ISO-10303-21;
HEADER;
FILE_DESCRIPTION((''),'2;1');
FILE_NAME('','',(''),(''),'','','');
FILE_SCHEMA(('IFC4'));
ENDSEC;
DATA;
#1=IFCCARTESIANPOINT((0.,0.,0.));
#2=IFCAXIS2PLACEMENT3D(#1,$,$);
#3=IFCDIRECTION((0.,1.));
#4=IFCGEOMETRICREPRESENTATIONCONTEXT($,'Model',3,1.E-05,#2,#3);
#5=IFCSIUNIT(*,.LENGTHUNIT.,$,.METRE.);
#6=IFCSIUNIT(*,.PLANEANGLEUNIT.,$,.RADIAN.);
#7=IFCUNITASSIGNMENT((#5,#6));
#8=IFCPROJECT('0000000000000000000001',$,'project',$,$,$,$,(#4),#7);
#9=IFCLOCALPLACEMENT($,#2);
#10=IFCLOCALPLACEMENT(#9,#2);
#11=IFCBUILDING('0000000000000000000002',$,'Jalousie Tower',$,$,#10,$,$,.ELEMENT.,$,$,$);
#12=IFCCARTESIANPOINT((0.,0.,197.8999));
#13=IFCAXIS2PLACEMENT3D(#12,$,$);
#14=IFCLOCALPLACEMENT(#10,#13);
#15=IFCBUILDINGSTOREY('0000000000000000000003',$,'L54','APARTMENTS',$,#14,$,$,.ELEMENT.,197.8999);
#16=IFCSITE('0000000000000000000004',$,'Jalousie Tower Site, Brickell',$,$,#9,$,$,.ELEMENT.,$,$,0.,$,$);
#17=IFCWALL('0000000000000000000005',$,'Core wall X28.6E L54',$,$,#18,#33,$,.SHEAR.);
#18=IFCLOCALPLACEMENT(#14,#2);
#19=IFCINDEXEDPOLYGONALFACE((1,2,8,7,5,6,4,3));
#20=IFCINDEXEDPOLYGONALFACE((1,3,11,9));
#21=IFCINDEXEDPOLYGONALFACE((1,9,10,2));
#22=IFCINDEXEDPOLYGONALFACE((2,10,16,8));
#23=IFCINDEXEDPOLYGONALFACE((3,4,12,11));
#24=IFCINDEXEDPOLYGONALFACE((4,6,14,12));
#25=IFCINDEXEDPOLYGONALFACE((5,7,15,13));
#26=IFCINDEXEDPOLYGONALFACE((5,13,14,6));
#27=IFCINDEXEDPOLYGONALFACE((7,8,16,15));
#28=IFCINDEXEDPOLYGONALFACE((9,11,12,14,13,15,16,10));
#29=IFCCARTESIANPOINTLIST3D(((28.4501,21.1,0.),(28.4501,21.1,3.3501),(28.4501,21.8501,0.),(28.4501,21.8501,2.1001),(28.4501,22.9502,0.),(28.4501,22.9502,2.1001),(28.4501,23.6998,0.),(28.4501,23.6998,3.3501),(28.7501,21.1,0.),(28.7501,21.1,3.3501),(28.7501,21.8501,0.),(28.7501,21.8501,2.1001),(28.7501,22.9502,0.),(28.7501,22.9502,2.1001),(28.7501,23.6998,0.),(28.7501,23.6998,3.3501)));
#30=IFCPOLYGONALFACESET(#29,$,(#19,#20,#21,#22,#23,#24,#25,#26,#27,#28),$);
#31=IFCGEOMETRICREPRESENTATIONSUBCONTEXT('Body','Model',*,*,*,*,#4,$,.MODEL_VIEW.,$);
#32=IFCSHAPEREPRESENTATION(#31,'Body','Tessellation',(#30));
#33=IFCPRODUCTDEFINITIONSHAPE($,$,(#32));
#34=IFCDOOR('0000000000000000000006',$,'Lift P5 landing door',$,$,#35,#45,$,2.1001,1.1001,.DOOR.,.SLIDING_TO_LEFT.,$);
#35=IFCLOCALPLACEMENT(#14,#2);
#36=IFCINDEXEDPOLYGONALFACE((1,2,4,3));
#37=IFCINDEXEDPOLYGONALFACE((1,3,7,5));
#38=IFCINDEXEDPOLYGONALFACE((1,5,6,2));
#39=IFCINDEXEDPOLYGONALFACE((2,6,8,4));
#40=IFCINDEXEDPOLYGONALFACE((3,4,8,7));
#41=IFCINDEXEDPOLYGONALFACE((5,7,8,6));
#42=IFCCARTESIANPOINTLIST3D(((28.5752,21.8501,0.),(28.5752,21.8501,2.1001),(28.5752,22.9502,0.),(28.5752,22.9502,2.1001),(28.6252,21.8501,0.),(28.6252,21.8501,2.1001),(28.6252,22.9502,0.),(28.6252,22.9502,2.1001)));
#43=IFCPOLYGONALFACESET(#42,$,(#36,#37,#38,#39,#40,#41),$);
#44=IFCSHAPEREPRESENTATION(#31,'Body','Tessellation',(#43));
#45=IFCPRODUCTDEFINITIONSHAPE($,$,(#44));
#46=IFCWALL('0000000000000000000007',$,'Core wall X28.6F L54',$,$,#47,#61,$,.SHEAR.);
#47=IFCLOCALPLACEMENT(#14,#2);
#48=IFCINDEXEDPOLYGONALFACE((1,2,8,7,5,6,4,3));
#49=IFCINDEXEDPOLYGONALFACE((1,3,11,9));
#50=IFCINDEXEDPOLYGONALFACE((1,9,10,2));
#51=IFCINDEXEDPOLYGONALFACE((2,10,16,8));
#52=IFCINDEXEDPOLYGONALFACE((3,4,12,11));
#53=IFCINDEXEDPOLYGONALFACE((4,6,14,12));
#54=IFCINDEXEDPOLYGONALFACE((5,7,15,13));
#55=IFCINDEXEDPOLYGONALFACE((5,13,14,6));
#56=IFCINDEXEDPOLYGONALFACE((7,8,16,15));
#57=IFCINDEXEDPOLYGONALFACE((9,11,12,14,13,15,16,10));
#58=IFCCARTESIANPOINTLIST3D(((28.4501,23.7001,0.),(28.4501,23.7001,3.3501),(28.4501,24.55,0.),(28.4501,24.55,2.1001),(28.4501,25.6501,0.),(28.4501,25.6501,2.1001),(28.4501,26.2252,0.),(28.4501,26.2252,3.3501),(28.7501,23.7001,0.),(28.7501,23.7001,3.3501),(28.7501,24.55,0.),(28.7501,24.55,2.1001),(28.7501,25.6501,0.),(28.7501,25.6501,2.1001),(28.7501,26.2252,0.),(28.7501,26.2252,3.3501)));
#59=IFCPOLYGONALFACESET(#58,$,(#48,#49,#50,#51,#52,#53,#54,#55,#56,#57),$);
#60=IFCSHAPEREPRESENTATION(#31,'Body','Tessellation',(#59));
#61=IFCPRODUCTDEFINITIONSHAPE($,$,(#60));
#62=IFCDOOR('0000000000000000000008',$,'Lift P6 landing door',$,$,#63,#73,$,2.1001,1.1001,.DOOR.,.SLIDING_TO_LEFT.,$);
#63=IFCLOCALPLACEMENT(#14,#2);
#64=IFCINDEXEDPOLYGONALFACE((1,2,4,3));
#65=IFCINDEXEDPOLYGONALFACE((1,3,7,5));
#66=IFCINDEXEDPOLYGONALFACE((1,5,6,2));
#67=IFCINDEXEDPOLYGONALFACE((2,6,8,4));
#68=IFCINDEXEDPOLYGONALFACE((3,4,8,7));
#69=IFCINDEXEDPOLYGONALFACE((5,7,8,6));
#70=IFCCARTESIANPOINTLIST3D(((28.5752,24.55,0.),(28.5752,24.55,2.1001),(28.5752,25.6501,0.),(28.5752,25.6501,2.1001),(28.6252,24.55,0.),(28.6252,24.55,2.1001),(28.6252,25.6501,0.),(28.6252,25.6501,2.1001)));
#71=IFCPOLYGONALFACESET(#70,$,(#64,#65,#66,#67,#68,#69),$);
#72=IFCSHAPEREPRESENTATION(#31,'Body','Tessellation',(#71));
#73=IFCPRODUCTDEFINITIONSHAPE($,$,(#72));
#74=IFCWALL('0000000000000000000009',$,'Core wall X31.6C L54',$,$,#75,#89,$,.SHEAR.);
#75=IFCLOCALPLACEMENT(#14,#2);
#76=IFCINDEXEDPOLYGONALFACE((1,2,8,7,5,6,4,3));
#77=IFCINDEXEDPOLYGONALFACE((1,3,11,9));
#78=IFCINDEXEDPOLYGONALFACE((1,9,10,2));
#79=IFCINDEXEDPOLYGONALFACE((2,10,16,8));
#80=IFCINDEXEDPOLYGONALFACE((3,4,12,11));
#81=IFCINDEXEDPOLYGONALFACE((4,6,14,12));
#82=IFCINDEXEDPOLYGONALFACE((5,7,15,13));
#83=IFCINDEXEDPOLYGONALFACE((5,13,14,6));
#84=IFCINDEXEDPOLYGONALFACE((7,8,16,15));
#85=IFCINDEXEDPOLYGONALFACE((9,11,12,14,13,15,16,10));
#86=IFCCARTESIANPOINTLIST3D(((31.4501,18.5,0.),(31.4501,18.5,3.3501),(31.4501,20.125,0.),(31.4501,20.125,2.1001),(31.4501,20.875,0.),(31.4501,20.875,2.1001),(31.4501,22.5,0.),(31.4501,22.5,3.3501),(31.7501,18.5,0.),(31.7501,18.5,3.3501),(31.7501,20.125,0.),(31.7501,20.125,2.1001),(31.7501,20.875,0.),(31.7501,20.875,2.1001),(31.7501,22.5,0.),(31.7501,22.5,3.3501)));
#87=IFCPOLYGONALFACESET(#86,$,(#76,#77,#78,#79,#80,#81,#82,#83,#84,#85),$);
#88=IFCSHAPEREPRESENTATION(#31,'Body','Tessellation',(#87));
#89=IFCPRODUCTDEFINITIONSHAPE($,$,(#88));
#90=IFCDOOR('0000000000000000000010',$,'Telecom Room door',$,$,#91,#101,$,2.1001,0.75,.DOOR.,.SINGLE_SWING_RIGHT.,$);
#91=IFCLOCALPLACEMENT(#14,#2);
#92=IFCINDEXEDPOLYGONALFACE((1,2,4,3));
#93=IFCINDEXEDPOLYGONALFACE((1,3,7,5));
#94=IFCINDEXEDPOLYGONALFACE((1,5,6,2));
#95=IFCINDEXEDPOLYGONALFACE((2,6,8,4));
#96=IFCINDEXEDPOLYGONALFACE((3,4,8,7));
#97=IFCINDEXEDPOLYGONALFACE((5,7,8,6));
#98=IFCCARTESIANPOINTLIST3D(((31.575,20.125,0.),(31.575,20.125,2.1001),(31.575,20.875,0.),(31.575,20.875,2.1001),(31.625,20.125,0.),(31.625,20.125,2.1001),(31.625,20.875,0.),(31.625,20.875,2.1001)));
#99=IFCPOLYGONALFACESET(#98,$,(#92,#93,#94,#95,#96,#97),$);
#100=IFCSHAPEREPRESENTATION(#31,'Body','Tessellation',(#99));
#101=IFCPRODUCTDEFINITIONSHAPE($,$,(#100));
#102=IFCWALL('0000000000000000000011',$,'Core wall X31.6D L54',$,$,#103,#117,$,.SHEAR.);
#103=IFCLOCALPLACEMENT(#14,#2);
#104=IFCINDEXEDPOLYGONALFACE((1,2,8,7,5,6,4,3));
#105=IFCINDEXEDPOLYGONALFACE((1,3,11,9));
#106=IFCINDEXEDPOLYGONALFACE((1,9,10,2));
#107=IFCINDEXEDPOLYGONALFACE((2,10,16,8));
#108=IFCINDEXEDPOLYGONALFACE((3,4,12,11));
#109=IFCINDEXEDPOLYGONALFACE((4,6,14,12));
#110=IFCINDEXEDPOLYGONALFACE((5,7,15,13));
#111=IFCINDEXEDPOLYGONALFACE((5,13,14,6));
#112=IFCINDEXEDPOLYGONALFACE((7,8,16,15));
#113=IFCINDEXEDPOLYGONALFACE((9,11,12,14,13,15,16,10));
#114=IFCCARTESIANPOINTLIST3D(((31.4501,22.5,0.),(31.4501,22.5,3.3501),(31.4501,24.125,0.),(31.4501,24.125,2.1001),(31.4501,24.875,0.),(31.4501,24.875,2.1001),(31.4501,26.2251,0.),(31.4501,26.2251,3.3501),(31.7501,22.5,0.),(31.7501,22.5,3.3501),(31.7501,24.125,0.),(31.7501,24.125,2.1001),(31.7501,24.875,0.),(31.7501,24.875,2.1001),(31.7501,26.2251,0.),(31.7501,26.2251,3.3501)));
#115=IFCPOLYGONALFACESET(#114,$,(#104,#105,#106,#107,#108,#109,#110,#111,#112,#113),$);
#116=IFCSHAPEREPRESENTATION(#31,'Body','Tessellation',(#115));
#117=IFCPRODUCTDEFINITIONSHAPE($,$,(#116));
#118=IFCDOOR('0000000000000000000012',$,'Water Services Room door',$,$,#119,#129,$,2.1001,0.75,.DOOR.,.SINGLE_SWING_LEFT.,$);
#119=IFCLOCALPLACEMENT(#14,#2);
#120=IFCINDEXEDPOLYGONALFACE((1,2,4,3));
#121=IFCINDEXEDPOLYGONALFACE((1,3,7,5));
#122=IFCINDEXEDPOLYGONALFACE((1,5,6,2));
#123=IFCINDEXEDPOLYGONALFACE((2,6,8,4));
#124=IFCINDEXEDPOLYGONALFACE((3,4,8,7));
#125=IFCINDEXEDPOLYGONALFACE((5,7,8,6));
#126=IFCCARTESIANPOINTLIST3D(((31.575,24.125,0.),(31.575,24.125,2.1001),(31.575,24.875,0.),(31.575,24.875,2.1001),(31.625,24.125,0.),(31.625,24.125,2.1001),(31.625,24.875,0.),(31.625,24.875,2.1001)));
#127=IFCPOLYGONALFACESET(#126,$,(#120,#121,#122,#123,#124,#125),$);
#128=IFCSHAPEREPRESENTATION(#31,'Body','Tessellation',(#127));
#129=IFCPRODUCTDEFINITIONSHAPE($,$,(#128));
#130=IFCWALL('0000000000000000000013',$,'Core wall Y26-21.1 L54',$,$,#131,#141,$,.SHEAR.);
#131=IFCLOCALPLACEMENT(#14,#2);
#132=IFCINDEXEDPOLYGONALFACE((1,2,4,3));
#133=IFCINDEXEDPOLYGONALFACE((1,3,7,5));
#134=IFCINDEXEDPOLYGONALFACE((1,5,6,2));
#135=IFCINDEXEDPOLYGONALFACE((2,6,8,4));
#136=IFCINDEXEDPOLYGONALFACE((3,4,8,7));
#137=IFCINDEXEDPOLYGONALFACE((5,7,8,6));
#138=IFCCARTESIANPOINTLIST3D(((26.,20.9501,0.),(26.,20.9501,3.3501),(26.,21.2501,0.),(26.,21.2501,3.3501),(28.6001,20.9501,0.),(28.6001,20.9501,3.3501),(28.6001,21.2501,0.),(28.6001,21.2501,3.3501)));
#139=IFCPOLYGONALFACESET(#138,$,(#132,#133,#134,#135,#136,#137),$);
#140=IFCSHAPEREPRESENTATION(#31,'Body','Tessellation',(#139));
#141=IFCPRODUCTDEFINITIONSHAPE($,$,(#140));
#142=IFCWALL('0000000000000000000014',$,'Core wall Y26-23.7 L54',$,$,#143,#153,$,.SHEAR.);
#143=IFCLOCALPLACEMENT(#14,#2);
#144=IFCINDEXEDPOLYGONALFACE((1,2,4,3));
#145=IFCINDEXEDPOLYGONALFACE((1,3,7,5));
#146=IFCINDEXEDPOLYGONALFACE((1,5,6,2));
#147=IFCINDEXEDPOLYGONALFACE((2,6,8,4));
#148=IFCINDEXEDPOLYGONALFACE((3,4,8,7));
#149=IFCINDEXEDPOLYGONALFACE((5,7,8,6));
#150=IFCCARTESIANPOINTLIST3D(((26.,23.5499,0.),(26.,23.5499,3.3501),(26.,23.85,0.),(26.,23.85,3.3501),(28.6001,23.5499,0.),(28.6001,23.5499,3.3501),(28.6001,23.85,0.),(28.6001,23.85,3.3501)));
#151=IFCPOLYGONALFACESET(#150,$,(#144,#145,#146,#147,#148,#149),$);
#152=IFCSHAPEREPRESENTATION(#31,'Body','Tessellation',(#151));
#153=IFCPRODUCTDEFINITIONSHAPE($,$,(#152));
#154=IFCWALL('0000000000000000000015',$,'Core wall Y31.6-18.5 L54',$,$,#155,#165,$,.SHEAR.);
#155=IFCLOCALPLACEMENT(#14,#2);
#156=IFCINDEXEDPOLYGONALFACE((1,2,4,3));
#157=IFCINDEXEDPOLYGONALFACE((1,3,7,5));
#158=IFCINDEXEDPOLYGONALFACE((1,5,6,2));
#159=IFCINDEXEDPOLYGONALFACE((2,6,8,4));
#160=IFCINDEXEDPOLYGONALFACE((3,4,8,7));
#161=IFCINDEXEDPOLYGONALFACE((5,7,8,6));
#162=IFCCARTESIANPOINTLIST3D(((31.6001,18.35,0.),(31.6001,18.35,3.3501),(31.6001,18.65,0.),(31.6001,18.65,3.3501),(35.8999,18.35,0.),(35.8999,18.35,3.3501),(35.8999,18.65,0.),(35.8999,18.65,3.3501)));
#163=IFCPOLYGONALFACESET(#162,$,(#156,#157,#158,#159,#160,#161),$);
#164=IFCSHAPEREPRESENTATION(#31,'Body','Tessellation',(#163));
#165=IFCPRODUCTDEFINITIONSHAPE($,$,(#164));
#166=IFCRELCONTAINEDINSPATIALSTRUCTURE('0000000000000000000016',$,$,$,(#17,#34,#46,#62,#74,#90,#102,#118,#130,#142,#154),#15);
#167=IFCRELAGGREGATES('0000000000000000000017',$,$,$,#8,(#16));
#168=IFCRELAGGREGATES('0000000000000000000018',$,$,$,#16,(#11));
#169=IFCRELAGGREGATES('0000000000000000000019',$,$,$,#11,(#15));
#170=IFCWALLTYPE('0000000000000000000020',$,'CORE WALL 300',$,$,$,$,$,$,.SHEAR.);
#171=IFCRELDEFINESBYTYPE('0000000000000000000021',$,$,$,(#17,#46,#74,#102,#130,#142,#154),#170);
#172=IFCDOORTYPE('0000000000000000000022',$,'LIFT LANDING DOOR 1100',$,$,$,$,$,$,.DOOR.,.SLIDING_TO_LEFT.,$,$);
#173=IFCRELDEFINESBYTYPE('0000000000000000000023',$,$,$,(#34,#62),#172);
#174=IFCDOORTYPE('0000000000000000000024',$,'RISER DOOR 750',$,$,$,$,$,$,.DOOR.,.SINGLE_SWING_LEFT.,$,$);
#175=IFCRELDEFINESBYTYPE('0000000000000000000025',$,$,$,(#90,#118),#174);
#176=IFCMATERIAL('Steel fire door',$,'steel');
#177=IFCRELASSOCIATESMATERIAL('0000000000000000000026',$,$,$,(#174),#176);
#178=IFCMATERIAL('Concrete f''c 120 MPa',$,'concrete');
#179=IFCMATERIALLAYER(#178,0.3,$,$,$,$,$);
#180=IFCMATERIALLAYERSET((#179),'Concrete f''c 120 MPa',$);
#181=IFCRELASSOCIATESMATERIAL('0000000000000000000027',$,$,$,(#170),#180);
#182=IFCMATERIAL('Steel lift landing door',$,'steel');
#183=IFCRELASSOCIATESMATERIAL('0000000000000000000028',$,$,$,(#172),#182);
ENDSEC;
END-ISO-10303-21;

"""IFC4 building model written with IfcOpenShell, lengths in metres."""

from ifc_helpers import new_model, si_unit, direction, frame, frame_2d, origin, place, context, subcontext, project, spatial, rectangle, extrude, material, layer, layer_set, type_object, element, fill, save


model = new_model("IFC4")

# Units and contexts
model_context = context("Model", 3, precision=1e-05, world=origin(), true_north=direction((0.0, 1.0)))
body_context = subcontext(model_context, "Body", "Model", "MODEL_VIEW")
ifc_project = project(units=[si_unit("LENGTHUNIT", "METRE"), si_unit("PLANEANGLEUNIT", "RADIAN")], contexts=[model_context])

# Site, building, storey
site_placement = place(None, origin())
site = spatial("IfcSite", under=ifc_project, at=site_placement, Name="Jalousie Tower Site, Brickell", CompositionType="ELEMENT", RefElevation=0.0)
building_placement = place(site_placement, origin())
building = spatial("IfcBuilding", under=site, at=building_placement, Name="Jalousie Tower", CompositionType="ELEMENT")
storey_placement = place(building_placement, frame((0.0, 0.0, 197.8999)))
storey = spatial("IfcBuildingStorey", under=building, at=storey_placement, Name="L54", Description="APARTMENTS", CompositionType="ELEMENT", Elevation=197.8999)

# Shared definitions
ifc_material_1 = material(Name="Steel fire door", Category="steel")
door_type_1 = type_object("IfcDoorType", Name="RISER DOOR 750", OperationType="SINGLE_SWING_LEFT", PredefinedType="DOOR", material=ifc_material_1)

# Shared definitions
ifc_material_2 = material(Name="Concrete f'c 120 MPa", Category="concrete")
ifc_layer_1 = layer(ifc_material_2, 0.3)
ifc_layer_set_1 = layer_set([ifc_layer_1], Name="Concrete f'c 120 MPa")
wall_type_1 = type_object("IfcWallType", Name="CORE WALL 300", PredefinedType="SHEAR", material=ifc_layer_set_1)

# Walls, openings, doors
ifc_material_3 = material(Name="Steel lift landing door", Category="steel")
door_type_2 = type_object("IfcDoorType", Name="LIFT LANDING DOOR 1100", OperationType="SLIDING_TO_LEFT", PredefinedType="DOOR", material=ifc_material_3)
wall_1_placement = place(storey_placement, frame((28.6001, 21.1001, 0.0), z_axis=(0.0, 0.0, 1.0), x_axis=(0.0, 1.0, 0.0)))
wall_1 = element("IfcWall", 1, at=wall_1_placement, inside=storey, type_object=wall_type_1, Name="Core wall X28.6E L54", PredefinedType="SHEAR", context=body_context, shape_type="SweptSolid", body=[
    extrude(rectangle(XDim=2.5999, YDim=0.3, at=frame_2d((1.2998, 0.0))), origin(), (0.0, 0.0, 1.0), 3.3501),
])
opening_1_placement = place(wall_1_placement, frame((0.75, 0.0, 0.0)))
opening_1 = element("IfcOpeningElement", 2, at=opening_1_placement, cuts=wall_1, PredefinedType="OPENING", context=body_context, shape_type="SweptSolid", body=[
    extrude(rectangle(XDim=1.1001, YDim=2.1001, at=frame_2d((0.55, 1.05))), frame((0.0, 0.1599, 0.0), z_axis=(0.0, -1.0, 0.0), x_axis=(1.0, 0.0, 0.0)), (0.0, 0.0, 1.0), 0.3201),
])
door_1_placement = place(opening_1_placement, origin())
door_1 = element("IfcDoor", 3, at=door_1_placement, inside=storey, type_object=door_type_2, Name="Lift P5 landing door", OperationType="SLIDING_TO_LEFT", OverallHeight=2.1001, OverallWidth=1.1001, PredefinedType="DOOR", context=body_context, shape_type="SweptSolid", body=[
    extrude(rectangle(XDim=1.1001, YDim=2.1001, at=frame_2d((0.55, 1.05))), frame((0.0, 0.0249, 0.0), z_axis=(0.0, -1.0, 0.0), x_axis=(1.0, 0.0, 0.0)), (0.0, 0.0, 1.0), 0.05),
])
fill(opening_1, door_1)
wall_2_placement = place(storey_placement, frame((28.6001, 23.7, 0.0), z_axis=(0.0, 0.0, 1.0), x_axis=(0.0, 1.0, 0.0)))
wall_2 = element("IfcWall", 4, at=wall_2_placement, inside=storey, type_object=wall_type_1, Name="Core wall X28.6F L54", PredefinedType="SHEAR", context=body_context, shape_type="SweptSolid", body=[
    extrude(rectangle(XDim=2.5251, YDim=0.3, at=frame_2d((1.2627, 0.0))), origin(), (0.0, 0.0, 1.0), 3.3501),
])
opening_2_placement = place(wall_2_placement, frame((0.8501, 0.0, 0.0)))
opening_2 = element("IfcOpeningElement", 5, at=opening_2_placement, cuts=wall_2, PredefinedType="OPENING", context=body_context, shape_type="SweptSolid", body=[
    extrude(rectangle(XDim=1.1001, YDim=2.1001, at=frame_2d((0.55, 1.05))), frame((0.0, 0.1599, 0.0), z_axis=(0.0, -1.0, 0.0), x_axis=(1.0, 0.0, 0.0)), (0.0, 0.0, 1.0), 0.3201),
])
door_2_placement = place(opening_2_placement, origin())
door_2 = element("IfcDoor", 6, at=door_2_placement, inside=storey, type_object=door_type_2, Name="Lift P6 landing door", OperationType="SLIDING_TO_LEFT", OverallHeight=2.1001, OverallWidth=1.1001, PredefinedType="DOOR", context=body_context, shape_type="SweptSolid", body=[
    extrude(rectangle(XDim=1.1001, YDim=2.1001, at=frame_2d((0.55, 1.05))), frame((0.0, 0.0249, 0.0), z_axis=(0.0, -1.0, 0.0), x_axis=(1.0, 0.0, 0.0)), (0.0, 0.0, 1.0), 0.05),
])
fill(opening_2, door_2)
wall_3_placement = place(storey_placement, frame((31.6001, 18.5, 0.0), z_axis=(0.0, 0.0, 1.0), x_axis=(0.0, 1.0, 0.0)))
wall_3 = element("IfcWall", 7, at=wall_3_placement, inside=storey, type_object=wall_type_1, Name="Core wall X31.6C L54", PredefinedType="SHEAR", context=body_context, shape_type="SweptSolid", body=[
    extrude(rectangle(XDim=4.0, YDim=0.3, at=frame_2d((2.0, 0.0))), origin(), (0.0, 0.0, 1.0), 3.3501),
])
opening_3_placement = place(wall_3_placement, frame((1.625, 0.0, 0.0)))
opening_3 = element("IfcOpeningElement", 8, at=opening_3_placement, cuts=wall_3, PredefinedType="OPENING", context=body_context, shape_type="SweptSolid", body=[
    extrude(rectangle(XDim=0.75, YDim=2.1001, at=frame_2d((0.375, 1.05))), frame((0.0, 0.1599, 0.0), z_axis=(0.0, -1.0, 0.0), x_axis=(1.0, 0.0, 0.0)), (0.0, 0.0, 1.0), 0.3201),
])
door_3_placement = place(opening_3_placement, frame((0.75, 0.0, 0.0), z_axis=(0.0, 0.0, 1.0), x_axis=(-1.0, 0.0, 0.0)))
door_3 = element("IfcDoor", 9, at=door_3_placement, inside=storey, type_object=door_type_1, Name="Telecom Room door", OperationType="SINGLE_SWING_RIGHT", OverallHeight=2.1001, OverallWidth=0.75, PredefinedType="DOOR", context=body_context, shape_type="SweptSolid", body=[
    extrude(rectangle(XDim=0.75, YDim=2.1001, at=frame_2d((0.375, 1.05))), frame((0.0, 0.0249, 0.0), z_axis=(0.0, -1.0, 0.0), x_axis=(1.0, 0.0, 0.0)), (0.0, 0.0, 1.0), 0.05),
])
fill(opening_3, door_3)
wall_4_placement = place(storey_placement, frame((31.6001, 22.5, 0.0), z_axis=(0.0, 0.0, 1.0), x_axis=(0.0, 1.0, 0.0)))
wall_4 = element("IfcWall", 10, at=wall_4_placement, inside=storey, type_object=wall_type_1, Name="Core wall X31.6D L54", PredefinedType="SHEAR", context=body_context, shape_type="SweptSolid", body=[
    extrude(rectangle(XDim=3.7251, YDim=0.3, at=frame_2d((1.8625, 0.0))), origin(), (0.0, 0.0, 1.0), 3.3501),
])
opening_4_placement = place(wall_4_placement, frame((1.625, 0.0, 0.0)))
opening_4 = element("IfcOpeningElement", 11, at=opening_4_placement, cuts=wall_4, PredefinedType="OPENING", context=body_context, shape_type="SweptSolid", body=[
    extrude(rectangle(XDim=0.75, YDim=2.1001, at=frame_2d((0.375, 1.05))), frame((0.0, 0.1599, 0.0), z_axis=(0.0, -1.0, 0.0), x_axis=(1.0, 0.0, 0.0)), (0.0, 0.0, 1.0), 0.3201),
])
door_4_placement = place(opening_4_placement, frame((0.75, 0.0, 0.0), z_axis=(0.0, 0.0, 1.0), x_axis=(-1.0, 0.0, 0.0)))
door_4 = element("IfcDoor", 12, at=door_4_placement, inside=storey, type_object=door_type_1, Name="Water Services Room door", OperationType="SINGLE_SWING_LEFT", OverallHeight=2.1001, OverallWidth=0.75, PredefinedType="DOOR", context=body_context, shape_type="SweptSolid", body=[
    extrude(rectangle(XDim=0.75, YDim=2.1001, at=frame_2d((0.375, 1.05))), frame((0.0, 0.0249, 0.0), z_axis=(0.0, -1.0, 0.0), x_axis=(1.0, 0.0, 0.0)), (0.0, 0.0, 1.0), 0.05),
])
fill(opening_4, door_4)

# Walls
for number, where, z_axis, x_axis, name in (
    (13, (26.0, 21.1001, 0.0), (0.0, 0.0, 1.0), (1.0, 0.0, 0.0), "Core wall Y26-21.1 L54"),
    (14, (26.0, 23.7, 0.0), (0.0, 0.0, 1.0), (1.0, 0.0, 0.0), "Core wall Y26-23.7 L54"),
):
    element("IfcWall", number, at=place(storey_placement, frame(where, z_axis=z_axis, x_axis=x_axis)), inside=storey, type_object=wall_type_1, Name=name, PredefinedType="SHEAR", context=body_context, shape_type="SweptSolid", body=[
        extrude(rectangle(XDim=2.6001, YDim=0.3, at=frame_2d((1.3, 0.0))), origin(), (0.0, 0.0, 1.0), 3.3501),
    ])
wall_5_placement = place(storey_placement, frame((31.6001, 18.5, 0.0), z_axis=(0.0, 0.0, 1.0), x_axis=(1.0, 0.0, 0.0)))
element("IfcWall", 15, at=wall_5_placement, inside=storey, type_object=wall_type_1, Name="Core wall Y31.6-18.5 L54", PredefinedType="SHEAR", context=body_context, shape_type="SweptSolid", body=[
    extrude(rectangle(XDim=4.2998, YDim=0.3, at=frame_2d((2.1499, 0.0))), origin(), (0.0, 0.0, 1.0), 3.3501),
])

save(model, "model.ifc")
